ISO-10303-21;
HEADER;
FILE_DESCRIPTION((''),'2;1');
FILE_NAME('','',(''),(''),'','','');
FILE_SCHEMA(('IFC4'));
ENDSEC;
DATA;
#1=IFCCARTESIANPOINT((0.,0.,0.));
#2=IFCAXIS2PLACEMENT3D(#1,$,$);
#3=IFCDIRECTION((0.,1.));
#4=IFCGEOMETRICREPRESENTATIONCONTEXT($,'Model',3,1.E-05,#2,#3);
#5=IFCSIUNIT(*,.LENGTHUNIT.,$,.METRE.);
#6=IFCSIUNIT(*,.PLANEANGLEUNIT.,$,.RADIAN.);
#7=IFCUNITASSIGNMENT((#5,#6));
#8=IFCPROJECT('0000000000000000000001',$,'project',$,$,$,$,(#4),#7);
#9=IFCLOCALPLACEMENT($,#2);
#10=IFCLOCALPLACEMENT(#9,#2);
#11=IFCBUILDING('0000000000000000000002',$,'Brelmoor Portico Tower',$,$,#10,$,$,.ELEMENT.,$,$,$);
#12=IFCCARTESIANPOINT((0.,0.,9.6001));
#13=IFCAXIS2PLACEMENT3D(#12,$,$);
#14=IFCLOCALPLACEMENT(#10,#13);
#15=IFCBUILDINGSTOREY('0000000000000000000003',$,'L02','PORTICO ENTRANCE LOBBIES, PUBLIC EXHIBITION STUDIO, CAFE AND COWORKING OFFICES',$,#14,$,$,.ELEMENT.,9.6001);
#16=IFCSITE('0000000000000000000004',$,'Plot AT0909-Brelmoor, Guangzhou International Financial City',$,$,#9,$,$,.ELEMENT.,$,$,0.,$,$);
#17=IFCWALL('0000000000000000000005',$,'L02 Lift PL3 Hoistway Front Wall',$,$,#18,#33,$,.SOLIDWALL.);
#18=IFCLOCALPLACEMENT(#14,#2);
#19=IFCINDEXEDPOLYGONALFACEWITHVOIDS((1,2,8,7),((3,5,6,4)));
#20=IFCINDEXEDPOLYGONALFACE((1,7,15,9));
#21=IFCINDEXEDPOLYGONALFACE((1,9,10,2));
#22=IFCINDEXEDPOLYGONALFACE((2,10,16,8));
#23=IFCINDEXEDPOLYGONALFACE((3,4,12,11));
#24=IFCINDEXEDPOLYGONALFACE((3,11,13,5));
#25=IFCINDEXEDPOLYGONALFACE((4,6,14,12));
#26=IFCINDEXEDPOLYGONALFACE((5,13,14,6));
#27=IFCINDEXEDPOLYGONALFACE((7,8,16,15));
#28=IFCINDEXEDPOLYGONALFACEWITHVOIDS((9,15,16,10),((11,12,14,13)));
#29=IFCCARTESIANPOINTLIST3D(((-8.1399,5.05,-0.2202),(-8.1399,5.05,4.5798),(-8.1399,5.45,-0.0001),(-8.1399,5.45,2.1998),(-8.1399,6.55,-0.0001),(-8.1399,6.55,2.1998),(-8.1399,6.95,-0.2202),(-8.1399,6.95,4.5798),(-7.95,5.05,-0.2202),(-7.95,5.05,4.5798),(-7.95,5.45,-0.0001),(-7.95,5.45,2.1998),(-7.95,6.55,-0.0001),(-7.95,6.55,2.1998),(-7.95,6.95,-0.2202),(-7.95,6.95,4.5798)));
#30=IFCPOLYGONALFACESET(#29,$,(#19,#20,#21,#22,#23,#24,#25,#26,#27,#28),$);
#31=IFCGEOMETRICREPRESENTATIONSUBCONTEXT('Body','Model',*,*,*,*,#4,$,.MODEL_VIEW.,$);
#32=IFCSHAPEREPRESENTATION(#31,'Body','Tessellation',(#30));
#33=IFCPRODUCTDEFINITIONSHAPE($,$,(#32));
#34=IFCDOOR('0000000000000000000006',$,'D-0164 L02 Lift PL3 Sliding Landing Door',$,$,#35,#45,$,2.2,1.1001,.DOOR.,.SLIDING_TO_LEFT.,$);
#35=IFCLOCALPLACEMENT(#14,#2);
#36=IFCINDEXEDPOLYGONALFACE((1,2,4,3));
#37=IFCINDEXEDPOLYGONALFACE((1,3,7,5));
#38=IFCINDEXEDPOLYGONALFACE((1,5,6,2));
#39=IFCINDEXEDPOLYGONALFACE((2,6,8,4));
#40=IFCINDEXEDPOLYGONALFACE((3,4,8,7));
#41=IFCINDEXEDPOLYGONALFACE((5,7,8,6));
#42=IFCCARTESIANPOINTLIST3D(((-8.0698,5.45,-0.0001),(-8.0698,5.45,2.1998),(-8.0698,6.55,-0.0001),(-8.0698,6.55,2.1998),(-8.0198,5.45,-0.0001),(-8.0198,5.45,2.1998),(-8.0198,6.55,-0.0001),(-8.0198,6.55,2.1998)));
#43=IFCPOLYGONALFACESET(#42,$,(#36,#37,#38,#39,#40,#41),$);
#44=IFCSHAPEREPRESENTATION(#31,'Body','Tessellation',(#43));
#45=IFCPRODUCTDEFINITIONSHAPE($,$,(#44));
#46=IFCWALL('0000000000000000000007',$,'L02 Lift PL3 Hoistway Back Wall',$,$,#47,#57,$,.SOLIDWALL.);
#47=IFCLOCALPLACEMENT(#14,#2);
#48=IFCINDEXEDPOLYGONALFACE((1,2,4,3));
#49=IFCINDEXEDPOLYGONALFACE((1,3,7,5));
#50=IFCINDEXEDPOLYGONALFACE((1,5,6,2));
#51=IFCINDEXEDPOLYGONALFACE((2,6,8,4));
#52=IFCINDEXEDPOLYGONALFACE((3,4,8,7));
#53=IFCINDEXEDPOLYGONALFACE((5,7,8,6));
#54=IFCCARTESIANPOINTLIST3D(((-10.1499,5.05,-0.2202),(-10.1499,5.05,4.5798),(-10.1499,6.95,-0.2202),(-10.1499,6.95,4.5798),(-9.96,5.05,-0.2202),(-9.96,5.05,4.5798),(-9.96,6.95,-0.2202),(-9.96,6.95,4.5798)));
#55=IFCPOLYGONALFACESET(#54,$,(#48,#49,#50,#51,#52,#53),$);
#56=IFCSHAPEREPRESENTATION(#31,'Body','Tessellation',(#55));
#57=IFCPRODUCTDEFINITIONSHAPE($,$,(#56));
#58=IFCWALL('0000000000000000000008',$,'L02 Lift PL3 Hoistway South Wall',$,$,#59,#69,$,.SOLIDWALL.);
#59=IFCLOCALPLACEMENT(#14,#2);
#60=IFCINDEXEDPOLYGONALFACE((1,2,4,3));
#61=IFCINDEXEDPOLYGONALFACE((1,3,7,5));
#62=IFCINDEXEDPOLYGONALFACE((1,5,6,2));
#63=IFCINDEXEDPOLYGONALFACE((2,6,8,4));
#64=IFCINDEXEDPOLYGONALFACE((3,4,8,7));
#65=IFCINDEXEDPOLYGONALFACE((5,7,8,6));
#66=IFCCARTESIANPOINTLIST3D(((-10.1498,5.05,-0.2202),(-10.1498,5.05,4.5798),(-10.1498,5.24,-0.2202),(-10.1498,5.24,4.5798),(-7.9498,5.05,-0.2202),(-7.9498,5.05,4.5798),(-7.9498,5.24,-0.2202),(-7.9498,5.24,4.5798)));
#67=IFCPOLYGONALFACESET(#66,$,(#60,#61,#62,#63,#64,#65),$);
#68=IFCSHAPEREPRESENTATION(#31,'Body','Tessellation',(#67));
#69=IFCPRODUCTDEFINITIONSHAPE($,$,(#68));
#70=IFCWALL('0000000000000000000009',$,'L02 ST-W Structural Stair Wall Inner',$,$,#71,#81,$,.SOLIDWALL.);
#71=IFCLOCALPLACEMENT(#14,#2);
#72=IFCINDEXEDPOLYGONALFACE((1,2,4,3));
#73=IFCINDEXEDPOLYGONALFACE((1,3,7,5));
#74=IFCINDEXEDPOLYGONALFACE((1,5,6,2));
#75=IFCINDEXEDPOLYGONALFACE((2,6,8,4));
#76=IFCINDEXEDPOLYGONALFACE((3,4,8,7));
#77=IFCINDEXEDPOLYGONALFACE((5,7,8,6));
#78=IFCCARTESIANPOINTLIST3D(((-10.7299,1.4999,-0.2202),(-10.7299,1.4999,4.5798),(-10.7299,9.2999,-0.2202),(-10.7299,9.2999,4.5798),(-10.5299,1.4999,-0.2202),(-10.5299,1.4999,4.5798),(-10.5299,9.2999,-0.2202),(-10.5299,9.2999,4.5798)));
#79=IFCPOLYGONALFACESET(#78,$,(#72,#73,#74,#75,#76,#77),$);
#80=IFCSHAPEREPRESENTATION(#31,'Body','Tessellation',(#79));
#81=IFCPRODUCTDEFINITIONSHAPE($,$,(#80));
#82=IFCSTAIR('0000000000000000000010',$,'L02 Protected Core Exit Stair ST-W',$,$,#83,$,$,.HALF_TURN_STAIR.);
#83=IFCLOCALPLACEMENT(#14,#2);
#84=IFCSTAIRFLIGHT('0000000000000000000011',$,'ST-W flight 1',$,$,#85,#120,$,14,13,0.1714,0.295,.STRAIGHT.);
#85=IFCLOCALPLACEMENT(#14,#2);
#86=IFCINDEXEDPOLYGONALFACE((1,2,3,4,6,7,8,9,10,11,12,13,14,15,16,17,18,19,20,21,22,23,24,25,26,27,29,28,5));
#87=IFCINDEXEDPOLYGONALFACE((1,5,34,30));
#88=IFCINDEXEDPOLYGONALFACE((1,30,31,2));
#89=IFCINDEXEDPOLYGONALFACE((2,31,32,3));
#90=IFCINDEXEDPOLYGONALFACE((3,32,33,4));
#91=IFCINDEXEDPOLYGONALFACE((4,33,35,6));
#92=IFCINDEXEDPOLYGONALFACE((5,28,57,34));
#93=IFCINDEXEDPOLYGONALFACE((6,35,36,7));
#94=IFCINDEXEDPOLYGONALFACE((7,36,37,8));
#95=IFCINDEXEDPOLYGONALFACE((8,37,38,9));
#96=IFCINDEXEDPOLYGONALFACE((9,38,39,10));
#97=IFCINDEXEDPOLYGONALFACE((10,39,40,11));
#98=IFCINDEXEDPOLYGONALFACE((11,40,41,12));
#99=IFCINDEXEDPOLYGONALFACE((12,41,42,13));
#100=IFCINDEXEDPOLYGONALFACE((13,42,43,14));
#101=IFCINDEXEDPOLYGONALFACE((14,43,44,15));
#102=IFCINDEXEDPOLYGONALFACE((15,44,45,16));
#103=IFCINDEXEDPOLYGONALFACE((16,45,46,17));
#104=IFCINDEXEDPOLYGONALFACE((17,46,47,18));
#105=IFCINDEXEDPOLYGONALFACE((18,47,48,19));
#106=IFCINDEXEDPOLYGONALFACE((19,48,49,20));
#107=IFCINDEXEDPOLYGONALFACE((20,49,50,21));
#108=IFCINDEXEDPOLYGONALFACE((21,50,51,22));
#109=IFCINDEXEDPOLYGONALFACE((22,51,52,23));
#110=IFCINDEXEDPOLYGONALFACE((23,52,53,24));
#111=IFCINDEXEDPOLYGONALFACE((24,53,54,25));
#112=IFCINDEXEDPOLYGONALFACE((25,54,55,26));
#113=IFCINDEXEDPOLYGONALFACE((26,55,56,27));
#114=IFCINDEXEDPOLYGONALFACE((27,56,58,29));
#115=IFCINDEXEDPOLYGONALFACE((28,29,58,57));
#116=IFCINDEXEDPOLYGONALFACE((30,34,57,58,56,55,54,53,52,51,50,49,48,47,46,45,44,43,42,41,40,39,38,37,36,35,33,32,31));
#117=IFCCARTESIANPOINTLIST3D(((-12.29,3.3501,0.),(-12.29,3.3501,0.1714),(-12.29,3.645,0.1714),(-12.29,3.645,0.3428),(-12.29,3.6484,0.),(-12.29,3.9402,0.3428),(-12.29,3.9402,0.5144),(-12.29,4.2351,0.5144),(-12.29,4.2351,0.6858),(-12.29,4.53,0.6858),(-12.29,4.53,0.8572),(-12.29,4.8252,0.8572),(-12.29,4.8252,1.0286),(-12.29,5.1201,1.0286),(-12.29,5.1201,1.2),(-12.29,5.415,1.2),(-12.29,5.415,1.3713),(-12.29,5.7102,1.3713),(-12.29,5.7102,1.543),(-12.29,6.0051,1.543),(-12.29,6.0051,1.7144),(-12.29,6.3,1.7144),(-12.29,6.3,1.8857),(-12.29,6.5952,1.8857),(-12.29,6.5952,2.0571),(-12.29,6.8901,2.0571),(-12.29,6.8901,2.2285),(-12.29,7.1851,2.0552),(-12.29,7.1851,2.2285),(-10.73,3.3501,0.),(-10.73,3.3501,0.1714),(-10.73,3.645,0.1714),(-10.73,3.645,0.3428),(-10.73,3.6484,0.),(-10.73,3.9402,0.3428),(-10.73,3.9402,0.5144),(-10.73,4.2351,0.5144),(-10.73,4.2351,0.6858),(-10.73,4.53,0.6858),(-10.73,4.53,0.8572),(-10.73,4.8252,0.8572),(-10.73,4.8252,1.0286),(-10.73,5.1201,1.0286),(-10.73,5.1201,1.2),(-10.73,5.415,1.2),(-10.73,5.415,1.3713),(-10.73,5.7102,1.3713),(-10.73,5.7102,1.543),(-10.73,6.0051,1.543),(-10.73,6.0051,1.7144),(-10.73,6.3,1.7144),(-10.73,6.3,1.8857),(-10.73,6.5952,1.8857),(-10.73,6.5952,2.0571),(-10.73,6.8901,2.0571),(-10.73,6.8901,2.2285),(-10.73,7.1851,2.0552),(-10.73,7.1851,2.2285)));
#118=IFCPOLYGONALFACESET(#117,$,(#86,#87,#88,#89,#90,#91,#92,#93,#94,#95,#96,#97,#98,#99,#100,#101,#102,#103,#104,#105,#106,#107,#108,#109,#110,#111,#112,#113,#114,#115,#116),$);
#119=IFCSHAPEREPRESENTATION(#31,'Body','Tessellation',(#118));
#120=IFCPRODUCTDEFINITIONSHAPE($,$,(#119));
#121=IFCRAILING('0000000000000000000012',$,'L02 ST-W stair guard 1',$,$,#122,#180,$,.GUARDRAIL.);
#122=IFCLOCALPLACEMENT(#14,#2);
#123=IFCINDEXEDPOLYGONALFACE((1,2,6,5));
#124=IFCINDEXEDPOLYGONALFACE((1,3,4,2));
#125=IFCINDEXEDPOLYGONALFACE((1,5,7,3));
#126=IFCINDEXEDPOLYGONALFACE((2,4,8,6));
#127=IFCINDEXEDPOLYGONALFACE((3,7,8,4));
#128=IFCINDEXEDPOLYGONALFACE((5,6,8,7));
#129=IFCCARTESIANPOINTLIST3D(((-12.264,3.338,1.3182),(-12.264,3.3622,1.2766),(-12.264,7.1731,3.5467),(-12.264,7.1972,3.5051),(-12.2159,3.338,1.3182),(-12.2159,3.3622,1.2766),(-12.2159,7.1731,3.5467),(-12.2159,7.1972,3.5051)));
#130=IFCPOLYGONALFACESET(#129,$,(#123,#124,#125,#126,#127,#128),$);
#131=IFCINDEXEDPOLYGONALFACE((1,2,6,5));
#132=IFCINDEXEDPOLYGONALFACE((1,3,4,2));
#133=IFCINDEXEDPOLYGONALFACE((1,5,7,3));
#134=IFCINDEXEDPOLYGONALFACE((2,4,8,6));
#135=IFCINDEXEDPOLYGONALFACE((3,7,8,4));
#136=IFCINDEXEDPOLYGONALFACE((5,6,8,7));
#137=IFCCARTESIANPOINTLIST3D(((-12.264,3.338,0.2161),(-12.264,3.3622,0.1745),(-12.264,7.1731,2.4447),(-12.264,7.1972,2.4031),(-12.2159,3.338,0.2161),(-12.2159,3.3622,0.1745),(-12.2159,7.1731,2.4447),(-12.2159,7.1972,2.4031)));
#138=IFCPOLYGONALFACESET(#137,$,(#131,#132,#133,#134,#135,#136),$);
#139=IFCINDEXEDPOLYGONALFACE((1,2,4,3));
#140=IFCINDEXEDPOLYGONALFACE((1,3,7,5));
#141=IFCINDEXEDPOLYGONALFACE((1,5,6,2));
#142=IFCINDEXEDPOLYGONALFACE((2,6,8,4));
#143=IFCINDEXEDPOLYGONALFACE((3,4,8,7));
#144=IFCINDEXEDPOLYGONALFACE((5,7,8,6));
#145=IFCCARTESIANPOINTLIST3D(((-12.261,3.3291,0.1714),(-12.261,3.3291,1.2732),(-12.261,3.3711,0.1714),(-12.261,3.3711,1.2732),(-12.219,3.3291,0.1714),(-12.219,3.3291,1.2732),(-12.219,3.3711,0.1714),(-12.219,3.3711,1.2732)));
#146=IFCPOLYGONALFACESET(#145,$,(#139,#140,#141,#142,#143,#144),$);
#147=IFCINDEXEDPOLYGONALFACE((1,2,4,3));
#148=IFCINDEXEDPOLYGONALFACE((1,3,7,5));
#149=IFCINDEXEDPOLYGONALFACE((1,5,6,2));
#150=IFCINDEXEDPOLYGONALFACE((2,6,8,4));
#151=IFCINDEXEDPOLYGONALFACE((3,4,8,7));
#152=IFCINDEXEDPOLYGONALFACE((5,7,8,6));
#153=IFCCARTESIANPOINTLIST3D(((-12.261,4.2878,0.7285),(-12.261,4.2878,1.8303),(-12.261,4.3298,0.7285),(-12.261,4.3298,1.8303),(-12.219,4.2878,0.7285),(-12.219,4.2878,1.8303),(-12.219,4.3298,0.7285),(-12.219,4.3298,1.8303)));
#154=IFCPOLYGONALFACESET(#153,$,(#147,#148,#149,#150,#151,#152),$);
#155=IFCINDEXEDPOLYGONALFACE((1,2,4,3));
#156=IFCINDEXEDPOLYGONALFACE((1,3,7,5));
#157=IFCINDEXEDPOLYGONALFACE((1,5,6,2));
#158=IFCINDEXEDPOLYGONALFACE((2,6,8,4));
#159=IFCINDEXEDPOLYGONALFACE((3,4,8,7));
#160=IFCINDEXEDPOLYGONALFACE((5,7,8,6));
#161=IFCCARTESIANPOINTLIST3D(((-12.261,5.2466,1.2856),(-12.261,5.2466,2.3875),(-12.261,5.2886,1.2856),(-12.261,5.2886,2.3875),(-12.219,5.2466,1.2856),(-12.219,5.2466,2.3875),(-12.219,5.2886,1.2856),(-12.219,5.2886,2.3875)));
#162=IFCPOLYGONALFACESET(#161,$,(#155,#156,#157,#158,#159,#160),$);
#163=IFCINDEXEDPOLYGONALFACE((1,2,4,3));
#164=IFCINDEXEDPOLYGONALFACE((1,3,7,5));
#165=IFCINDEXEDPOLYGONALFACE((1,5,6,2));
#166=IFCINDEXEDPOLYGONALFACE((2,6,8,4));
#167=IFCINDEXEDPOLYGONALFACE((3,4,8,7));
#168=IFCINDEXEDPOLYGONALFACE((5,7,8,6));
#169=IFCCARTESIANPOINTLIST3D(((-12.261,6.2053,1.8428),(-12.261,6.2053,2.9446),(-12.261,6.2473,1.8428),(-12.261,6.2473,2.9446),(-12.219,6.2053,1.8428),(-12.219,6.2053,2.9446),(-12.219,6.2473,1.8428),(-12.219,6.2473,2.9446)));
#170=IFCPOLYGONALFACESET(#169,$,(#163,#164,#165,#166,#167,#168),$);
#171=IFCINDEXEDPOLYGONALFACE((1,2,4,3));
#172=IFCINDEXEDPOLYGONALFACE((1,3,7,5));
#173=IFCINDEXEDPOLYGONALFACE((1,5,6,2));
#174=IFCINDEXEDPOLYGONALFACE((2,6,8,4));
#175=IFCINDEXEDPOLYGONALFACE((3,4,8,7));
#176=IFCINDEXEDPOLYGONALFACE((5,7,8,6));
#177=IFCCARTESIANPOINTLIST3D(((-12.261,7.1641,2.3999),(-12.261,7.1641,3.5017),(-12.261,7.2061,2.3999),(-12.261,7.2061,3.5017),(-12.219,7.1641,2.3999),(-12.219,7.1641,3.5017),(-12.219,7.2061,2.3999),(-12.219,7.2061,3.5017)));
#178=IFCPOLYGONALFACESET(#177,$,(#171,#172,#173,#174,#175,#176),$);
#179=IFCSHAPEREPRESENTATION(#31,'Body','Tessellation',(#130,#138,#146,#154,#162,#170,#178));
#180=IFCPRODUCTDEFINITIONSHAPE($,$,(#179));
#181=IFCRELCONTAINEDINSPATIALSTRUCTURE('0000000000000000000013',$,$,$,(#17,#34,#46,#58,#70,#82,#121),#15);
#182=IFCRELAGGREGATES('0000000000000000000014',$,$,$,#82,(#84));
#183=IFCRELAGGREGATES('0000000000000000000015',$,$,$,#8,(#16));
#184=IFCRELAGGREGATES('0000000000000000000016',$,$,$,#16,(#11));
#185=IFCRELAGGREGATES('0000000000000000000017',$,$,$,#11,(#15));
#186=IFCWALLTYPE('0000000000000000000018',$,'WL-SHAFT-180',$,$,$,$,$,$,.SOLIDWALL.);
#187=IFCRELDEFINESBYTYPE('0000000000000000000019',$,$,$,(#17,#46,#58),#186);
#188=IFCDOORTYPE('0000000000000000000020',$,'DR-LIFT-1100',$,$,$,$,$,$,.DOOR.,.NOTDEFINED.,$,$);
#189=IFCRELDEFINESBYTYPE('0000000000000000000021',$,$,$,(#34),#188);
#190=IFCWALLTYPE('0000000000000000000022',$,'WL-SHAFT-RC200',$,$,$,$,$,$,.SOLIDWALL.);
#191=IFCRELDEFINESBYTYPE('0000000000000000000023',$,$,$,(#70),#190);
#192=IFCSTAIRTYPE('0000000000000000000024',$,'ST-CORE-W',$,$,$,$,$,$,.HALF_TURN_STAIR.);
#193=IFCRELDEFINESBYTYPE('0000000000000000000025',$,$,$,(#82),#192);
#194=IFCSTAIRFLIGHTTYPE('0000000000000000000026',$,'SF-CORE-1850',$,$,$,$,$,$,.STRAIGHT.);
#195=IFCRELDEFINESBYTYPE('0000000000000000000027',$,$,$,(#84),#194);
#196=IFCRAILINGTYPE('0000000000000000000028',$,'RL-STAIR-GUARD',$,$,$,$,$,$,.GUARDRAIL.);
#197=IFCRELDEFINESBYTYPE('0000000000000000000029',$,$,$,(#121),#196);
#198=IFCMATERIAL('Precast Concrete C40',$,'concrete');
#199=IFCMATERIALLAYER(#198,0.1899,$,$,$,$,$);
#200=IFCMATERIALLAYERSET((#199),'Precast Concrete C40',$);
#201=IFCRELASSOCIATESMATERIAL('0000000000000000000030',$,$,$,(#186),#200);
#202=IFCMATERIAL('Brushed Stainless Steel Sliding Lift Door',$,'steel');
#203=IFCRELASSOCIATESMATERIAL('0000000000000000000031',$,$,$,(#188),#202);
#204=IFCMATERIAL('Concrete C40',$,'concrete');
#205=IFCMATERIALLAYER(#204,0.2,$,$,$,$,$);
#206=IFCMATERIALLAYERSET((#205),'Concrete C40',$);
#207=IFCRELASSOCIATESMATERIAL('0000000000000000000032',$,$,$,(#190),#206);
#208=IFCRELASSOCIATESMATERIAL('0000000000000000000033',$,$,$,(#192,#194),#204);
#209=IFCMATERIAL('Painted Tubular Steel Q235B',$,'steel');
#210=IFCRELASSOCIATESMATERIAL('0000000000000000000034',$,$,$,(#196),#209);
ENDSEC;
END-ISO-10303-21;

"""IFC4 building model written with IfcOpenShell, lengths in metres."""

from ifc_helpers import new_model, si_unit, direction, frame, frame_2d, origin, origin_2d, place, context, subcontext, project, spatial, polyline, rectangle, outline, extrude, material, layer, layer_set, type_object, element, fill, aggregate, save


model = new_model("IFC4")

# Units and contexts
model_context = context("Model", 3, precision=1e-05, world=origin(), true_north=direction((0.0, 1.0)))
body_context = subcontext(model_context, "Body", "Model", "MODEL_VIEW")
ifc_project = project(units=[si_unit("LENGTHUNIT", "METRE"), si_unit("PLANEANGLEUNIT", "RADIAN")], contexts=[model_context])

# Site, building, storey
site_placement = place(None, origin())
site = spatial("IfcSite", under=ifc_project, at=site_placement, Name="Plot AT0909-Brelmoor, Guangzhou International Financial City", CompositionType="ELEMENT", RefElevation=0.0)
building_placement = place(site_placement, origin())
building = spatial("IfcBuilding", under=site, at=building_placement, Name="Brelmoor Portico Tower", CompositionType="ELEMENT")
storey_placement = place(building_placement, frame((0.0, 0.0, 9.6001)))
storey = spatial("IfcBuildingStorey", under=building, at=storey_placement, Name="L02", Description="PORTICO ENTRANCE LOBBIES, PUBLIC EXHIBITION STUDIO, CAFE AND COWORKING OFFICES", CompositionType="ELEMENT", Elevation=9.6001)

# Shared definitions
ifc_material_1 = material(Name="Precast Concrete C40", Category="concrete")
ifc_layer_1 = layer(ifc_material_1, 0.1899)
ifc_layer_set_1 = layer_set([ifc_layer_1], Name="Precast Concrete C40")
wall_type_1 = type_object("IfcWallType", Name="WL-SHAFT-180", PredefinedType="SOLIDWALL", material=ifc_layer_set_1)
ifc_material_2 = material(Name="Brushed Stainless Steel Sliding Lift Door", Category="steel")
door_type = type_object("IfcDoorType", Name="DR-LIFT-1100", OperationType="NOTDEFINED", PredefinedType="DOOR", material=ifc_material_2)

# Wall, opening, door
wall_1_placement = place(storey_placement, frame((-8.0449, 5.05, -0.2202), z_axis=(0.0, 0.0, 1.0), x_axis=(0.0, 1.0, 0.0)))
wall_1 = element("IfcWall", 1, at=wall_1_placement, inside=storey, type_object=wall_type_1, Name="L02 Lift PL3 Hoistway Front Wall", PredefinedType="SOLIDWALL", context=body_context, shape_type="SweptSolid", body=[
    extrude(rectangle(XDim=1.8999, YDim=0.1899, at=frame_2d((0.95, 0.0))), origin(), (0.0, 0.0, 1.0), 4.8),
])
opening_1_placement = place(wall_1_placement, frame((0.3999, 0.0, 0.22)))
opening_1 = element("IfcOpeningElement", 2, at=opening_1_placement, cuts=wall_1, PredefinedType="OPENING", context=body_context, shape_type="SweptSolid", body=[
    extrude(rectangle(XDim=1.1001, YDim=2.2, at=frame_2d((0.55, 1.1001))), frame((0.0, 0.105, 0.0), z_axis=(0.0, -1.0, 0.0), x_axis=(1.0, 0.0, 0.0)), (0.0, 0.0, 1.0), 0.21),
])
door_1_placement = place(opening_1_placement, origin())
door_1 = element("IfcDoor", 3, at=door_1_placement, inside=storey, type_object=door_type, Name="D-0164 L02 Lift PL3 Sliding Landing Door", OperationType="SLIDING_TO_LEFT", OverallHeight=2.2, OverallWidth=1.1001, PredefinedType="DOOR", context=body_context, shape_type="SweptSolid", body=[
    extrude(rectangle(XDim=1.1001, YDim=2.2, at=frame_2d((0.55, 1.1001))), frame((0.0, 0.0249, 0.0), z_axis=(0.0, -1.0, 0.0), x_axis=(1.0, 0.0, 0.0)), (0.0, 0.0, 1.0), 0.05),
])
fill(opening_1, door_1)

# Walls
wall_2_placement = place(storey_placement, frame((-10.0549, 5.05, -0.2202), z_axis=(0.0, 0.0, 1.0), x_axis=(0.0, 1.0, 0.0)))
element("IfcWall", 4, at=wall_2_placement, inside=storey, type_object=wall_type_1, Name="L02 Lift PL3 Hoistway Back Wall", PredefinedType="SOLIDWALL", context=body_context, shape_type="SweptSolid", body=[
    extrude(rectangle(XDim=1.8999, YDim=0.1899, at=frame_2d((0.95, 0.0))), origin(), (0.0, 0.0, 1.0), 4.8),
])
wall_3_placement = place(storey_placement, frame((-10.1499, 5.145, -0.2202), z_axis=(0.0, 0.0, 1.0), x_axis=(1.0, 0.0, 0.0)))
element("IfcWall", 5, at=wall_3_placement, inside=storey, type_object=wall_type_1, Name="L02 Lift PL3 Hoistway South Wall", PredefinedType="SOLIDWALL", context=body_context, shape_type="SweptSolid", body=[
    extrude(rectangle(XDim=2.2, YDim=0.1899, at=frame_2d((1.1001, 0.0))), origin(), (0.0, 0.0, 1.0), 4.8),
])
ifc_material_3 = material(Name="Concrete C40", Category="concrete")
ifc_layer_2 = layer(ifc_material_3, 0.2)
ifc_layer_set_2 = layer_set([ifc_layer_2], Name="Concrete C40")
wall_type_2 = type_object("IfcWallType", Name="WL-SHAFT-RC200", PredefinedType="SOLIDWALL", material=ifc_layer_set_2)
wall_4_placement = place(storey_placement, frame((-10.6299, 1.5, -0.2202), z_axis=(0.0, 0.0, 1.0), x_axis=(0.0, 1.0, 0.0)))
element("IfcWall", 6, at=wall_4_placement, inside=storey, type_object=wall_type_2, Name="L02 ST-W Structural Stair Wall Inner", PredefinedType="SOLIDWALL", context=body_context, shape_type="SweptSolid", body=[
    extrude(rectangle(XDim=7.8, YDim=0.2, at=frame_2d((3.8999, 0.0))), origin(), (0.0, 0.0, 1.0), 4.8),
])

# Stair, stair flight
stair_type = type_object("IfcStairType", Name="ST-CORE-W", PredefinedType="HALF_TURN_STAIR", material=ifc_material_3)
stair_placement = place(storey_placement, origin())
stair = element("IfcStair", 7, at=stair_placement, inside=storey, type_object=stair_type, Name="L02 Protected Core Exit Stair ST-W", PredefinedType="HALF_TURN_STAIR")
stair_flight_type = type_object("IfcStairFlightType", Name="SF-CORE-1850", PredefinedType="STRAIGHT", material=ifc_material_3)
stair_flight_placement = place(storey_placement, frame((-11.51, 3.3501, 0.0), z_axis=(0.0, 0.0, 1.0), x_axis=(0.0, 1.0, 0.0)))
stair_flight = element("IfcStairFlight", 8, at=stair_flight_placement, type_object=stair_flight_type, Name="ST-W flight 1", NumberOfRisers=14, NumberOfTreads=13, PredefinedType="STRAIGHT", RiserHeight=0.1714, TreadLength=0.295, context=body_context, shape_type="SweptSolid", body=[
    extrude(outline(polyline([(0.0, 0.0), (0.0, 0.1714), (0.2949, 0.1714), (0.2949, 0.3428), (0.5901, 0.3428), (0.5901, 0.5144), (0.885, 0.5144), (0.885, 0.6858), (1.1799, 0.6858), (1.1799, 0.8572), (1.4751, 0.8572), (1.4751, 1.0286), (1.77, 1.0286), (1.77, 1.2), (2.0649, 1.2), (2.0649, 1.3713), (2.3601, 1.3713), (2.3601, 1.543), (2.655, 1.543), (2.655, 1.7144), (2.95, 1.7144), (2.95, 1.8857), (3.2451, 1.8857), (3.2451, 2.0571), (3.54, 2.0571), (3.54, 2.2285), (3.835, 2.2285), (3.835, 2.3999), (3.835, 2.0552), (0.2983, 0.0), (0.0, 0.0)])), frame((0.0, 0.78, 0.0), z_axis=(0.0, -1.0, 0.0), x_axis=(1.0, 0.0, 0.0)), (0.0, 0.0, 1.0), 1.5601),
])
aggregate(stair, [stair_flight])

# Railing
ifc_material_4 = material(Name="Painted Tubular Steel Q235B", Category="steel")
railing_type_1 = type_object("IfcRailingType", Name="RL-STAIR-GUARD", PredefinedType="GUARDRAIL", material=ifc_material_4)
railing_1_placement = place(storey_placement, frame((-12.24, 3.3501, 0.1714)))
element("IfcRailing", 9, at=railing_1_placement, inside=storey, type_object=railing_type_1, Name="L02 ST-W stair guard 1", PredefinedType="GUARDRAIL", context=body_context, shape_type="SweptSolid", body=[
    extrude(rectangle(XDim=0.0481, YDim=0.0481, at=origin_2d()), frame((0.0, 0.0, 1.126), z_axis=(0.0, 0.864616, 0.502433), x_axis=(-1.0, 0.0, 0.0)), (0.0, 0.0, 1.0), 4.4355),
    extrude(rectangle(XDim=0.0481, YDim=0.0481, at=origin_2d()), frame((0.0, 0.0, 0.0239), z_axis=(0.0, 0.864616, 0.502433), x_axis=(-1.0, 0.0, 0.0)), (0.0, 0.0, 1.0), 4.4355),
    extrude(rectangle(XDim=0.042, YDim=0.042, at=origin_2d()), origin(), (0.0, 0.0, 1.0), 1.1018),
    extrude(rectangle(XDim=0.042, YDim=0.042, at=origin_2d()), frame((0.0, 0.9587, 0.5571)), (0.0, 0.0, 1.0), 1.1018),
    extrude(rectangle(XDim=0.042, YDim=0.042, at=origin_2d()), frame((0.0, 1.9175, 1.1143)), (0.0, 0.0, 1.0), 1.1018),
    extrude(rectangle(XDim=0.042, YDim=0.042, at=origin_2d()), frame((0.0, 2.8762, 1.6714)), (0.0, 0.0, 1.0), 1.1018),
    extrude(rectangle(XDim=0.042, YDim=0.042, at=origin_2d()), frame((0.0, 3.835, 2.2285)), (0.0, 0.0, 1.0), 1.1018),
])

save(model, "model.ifc")
